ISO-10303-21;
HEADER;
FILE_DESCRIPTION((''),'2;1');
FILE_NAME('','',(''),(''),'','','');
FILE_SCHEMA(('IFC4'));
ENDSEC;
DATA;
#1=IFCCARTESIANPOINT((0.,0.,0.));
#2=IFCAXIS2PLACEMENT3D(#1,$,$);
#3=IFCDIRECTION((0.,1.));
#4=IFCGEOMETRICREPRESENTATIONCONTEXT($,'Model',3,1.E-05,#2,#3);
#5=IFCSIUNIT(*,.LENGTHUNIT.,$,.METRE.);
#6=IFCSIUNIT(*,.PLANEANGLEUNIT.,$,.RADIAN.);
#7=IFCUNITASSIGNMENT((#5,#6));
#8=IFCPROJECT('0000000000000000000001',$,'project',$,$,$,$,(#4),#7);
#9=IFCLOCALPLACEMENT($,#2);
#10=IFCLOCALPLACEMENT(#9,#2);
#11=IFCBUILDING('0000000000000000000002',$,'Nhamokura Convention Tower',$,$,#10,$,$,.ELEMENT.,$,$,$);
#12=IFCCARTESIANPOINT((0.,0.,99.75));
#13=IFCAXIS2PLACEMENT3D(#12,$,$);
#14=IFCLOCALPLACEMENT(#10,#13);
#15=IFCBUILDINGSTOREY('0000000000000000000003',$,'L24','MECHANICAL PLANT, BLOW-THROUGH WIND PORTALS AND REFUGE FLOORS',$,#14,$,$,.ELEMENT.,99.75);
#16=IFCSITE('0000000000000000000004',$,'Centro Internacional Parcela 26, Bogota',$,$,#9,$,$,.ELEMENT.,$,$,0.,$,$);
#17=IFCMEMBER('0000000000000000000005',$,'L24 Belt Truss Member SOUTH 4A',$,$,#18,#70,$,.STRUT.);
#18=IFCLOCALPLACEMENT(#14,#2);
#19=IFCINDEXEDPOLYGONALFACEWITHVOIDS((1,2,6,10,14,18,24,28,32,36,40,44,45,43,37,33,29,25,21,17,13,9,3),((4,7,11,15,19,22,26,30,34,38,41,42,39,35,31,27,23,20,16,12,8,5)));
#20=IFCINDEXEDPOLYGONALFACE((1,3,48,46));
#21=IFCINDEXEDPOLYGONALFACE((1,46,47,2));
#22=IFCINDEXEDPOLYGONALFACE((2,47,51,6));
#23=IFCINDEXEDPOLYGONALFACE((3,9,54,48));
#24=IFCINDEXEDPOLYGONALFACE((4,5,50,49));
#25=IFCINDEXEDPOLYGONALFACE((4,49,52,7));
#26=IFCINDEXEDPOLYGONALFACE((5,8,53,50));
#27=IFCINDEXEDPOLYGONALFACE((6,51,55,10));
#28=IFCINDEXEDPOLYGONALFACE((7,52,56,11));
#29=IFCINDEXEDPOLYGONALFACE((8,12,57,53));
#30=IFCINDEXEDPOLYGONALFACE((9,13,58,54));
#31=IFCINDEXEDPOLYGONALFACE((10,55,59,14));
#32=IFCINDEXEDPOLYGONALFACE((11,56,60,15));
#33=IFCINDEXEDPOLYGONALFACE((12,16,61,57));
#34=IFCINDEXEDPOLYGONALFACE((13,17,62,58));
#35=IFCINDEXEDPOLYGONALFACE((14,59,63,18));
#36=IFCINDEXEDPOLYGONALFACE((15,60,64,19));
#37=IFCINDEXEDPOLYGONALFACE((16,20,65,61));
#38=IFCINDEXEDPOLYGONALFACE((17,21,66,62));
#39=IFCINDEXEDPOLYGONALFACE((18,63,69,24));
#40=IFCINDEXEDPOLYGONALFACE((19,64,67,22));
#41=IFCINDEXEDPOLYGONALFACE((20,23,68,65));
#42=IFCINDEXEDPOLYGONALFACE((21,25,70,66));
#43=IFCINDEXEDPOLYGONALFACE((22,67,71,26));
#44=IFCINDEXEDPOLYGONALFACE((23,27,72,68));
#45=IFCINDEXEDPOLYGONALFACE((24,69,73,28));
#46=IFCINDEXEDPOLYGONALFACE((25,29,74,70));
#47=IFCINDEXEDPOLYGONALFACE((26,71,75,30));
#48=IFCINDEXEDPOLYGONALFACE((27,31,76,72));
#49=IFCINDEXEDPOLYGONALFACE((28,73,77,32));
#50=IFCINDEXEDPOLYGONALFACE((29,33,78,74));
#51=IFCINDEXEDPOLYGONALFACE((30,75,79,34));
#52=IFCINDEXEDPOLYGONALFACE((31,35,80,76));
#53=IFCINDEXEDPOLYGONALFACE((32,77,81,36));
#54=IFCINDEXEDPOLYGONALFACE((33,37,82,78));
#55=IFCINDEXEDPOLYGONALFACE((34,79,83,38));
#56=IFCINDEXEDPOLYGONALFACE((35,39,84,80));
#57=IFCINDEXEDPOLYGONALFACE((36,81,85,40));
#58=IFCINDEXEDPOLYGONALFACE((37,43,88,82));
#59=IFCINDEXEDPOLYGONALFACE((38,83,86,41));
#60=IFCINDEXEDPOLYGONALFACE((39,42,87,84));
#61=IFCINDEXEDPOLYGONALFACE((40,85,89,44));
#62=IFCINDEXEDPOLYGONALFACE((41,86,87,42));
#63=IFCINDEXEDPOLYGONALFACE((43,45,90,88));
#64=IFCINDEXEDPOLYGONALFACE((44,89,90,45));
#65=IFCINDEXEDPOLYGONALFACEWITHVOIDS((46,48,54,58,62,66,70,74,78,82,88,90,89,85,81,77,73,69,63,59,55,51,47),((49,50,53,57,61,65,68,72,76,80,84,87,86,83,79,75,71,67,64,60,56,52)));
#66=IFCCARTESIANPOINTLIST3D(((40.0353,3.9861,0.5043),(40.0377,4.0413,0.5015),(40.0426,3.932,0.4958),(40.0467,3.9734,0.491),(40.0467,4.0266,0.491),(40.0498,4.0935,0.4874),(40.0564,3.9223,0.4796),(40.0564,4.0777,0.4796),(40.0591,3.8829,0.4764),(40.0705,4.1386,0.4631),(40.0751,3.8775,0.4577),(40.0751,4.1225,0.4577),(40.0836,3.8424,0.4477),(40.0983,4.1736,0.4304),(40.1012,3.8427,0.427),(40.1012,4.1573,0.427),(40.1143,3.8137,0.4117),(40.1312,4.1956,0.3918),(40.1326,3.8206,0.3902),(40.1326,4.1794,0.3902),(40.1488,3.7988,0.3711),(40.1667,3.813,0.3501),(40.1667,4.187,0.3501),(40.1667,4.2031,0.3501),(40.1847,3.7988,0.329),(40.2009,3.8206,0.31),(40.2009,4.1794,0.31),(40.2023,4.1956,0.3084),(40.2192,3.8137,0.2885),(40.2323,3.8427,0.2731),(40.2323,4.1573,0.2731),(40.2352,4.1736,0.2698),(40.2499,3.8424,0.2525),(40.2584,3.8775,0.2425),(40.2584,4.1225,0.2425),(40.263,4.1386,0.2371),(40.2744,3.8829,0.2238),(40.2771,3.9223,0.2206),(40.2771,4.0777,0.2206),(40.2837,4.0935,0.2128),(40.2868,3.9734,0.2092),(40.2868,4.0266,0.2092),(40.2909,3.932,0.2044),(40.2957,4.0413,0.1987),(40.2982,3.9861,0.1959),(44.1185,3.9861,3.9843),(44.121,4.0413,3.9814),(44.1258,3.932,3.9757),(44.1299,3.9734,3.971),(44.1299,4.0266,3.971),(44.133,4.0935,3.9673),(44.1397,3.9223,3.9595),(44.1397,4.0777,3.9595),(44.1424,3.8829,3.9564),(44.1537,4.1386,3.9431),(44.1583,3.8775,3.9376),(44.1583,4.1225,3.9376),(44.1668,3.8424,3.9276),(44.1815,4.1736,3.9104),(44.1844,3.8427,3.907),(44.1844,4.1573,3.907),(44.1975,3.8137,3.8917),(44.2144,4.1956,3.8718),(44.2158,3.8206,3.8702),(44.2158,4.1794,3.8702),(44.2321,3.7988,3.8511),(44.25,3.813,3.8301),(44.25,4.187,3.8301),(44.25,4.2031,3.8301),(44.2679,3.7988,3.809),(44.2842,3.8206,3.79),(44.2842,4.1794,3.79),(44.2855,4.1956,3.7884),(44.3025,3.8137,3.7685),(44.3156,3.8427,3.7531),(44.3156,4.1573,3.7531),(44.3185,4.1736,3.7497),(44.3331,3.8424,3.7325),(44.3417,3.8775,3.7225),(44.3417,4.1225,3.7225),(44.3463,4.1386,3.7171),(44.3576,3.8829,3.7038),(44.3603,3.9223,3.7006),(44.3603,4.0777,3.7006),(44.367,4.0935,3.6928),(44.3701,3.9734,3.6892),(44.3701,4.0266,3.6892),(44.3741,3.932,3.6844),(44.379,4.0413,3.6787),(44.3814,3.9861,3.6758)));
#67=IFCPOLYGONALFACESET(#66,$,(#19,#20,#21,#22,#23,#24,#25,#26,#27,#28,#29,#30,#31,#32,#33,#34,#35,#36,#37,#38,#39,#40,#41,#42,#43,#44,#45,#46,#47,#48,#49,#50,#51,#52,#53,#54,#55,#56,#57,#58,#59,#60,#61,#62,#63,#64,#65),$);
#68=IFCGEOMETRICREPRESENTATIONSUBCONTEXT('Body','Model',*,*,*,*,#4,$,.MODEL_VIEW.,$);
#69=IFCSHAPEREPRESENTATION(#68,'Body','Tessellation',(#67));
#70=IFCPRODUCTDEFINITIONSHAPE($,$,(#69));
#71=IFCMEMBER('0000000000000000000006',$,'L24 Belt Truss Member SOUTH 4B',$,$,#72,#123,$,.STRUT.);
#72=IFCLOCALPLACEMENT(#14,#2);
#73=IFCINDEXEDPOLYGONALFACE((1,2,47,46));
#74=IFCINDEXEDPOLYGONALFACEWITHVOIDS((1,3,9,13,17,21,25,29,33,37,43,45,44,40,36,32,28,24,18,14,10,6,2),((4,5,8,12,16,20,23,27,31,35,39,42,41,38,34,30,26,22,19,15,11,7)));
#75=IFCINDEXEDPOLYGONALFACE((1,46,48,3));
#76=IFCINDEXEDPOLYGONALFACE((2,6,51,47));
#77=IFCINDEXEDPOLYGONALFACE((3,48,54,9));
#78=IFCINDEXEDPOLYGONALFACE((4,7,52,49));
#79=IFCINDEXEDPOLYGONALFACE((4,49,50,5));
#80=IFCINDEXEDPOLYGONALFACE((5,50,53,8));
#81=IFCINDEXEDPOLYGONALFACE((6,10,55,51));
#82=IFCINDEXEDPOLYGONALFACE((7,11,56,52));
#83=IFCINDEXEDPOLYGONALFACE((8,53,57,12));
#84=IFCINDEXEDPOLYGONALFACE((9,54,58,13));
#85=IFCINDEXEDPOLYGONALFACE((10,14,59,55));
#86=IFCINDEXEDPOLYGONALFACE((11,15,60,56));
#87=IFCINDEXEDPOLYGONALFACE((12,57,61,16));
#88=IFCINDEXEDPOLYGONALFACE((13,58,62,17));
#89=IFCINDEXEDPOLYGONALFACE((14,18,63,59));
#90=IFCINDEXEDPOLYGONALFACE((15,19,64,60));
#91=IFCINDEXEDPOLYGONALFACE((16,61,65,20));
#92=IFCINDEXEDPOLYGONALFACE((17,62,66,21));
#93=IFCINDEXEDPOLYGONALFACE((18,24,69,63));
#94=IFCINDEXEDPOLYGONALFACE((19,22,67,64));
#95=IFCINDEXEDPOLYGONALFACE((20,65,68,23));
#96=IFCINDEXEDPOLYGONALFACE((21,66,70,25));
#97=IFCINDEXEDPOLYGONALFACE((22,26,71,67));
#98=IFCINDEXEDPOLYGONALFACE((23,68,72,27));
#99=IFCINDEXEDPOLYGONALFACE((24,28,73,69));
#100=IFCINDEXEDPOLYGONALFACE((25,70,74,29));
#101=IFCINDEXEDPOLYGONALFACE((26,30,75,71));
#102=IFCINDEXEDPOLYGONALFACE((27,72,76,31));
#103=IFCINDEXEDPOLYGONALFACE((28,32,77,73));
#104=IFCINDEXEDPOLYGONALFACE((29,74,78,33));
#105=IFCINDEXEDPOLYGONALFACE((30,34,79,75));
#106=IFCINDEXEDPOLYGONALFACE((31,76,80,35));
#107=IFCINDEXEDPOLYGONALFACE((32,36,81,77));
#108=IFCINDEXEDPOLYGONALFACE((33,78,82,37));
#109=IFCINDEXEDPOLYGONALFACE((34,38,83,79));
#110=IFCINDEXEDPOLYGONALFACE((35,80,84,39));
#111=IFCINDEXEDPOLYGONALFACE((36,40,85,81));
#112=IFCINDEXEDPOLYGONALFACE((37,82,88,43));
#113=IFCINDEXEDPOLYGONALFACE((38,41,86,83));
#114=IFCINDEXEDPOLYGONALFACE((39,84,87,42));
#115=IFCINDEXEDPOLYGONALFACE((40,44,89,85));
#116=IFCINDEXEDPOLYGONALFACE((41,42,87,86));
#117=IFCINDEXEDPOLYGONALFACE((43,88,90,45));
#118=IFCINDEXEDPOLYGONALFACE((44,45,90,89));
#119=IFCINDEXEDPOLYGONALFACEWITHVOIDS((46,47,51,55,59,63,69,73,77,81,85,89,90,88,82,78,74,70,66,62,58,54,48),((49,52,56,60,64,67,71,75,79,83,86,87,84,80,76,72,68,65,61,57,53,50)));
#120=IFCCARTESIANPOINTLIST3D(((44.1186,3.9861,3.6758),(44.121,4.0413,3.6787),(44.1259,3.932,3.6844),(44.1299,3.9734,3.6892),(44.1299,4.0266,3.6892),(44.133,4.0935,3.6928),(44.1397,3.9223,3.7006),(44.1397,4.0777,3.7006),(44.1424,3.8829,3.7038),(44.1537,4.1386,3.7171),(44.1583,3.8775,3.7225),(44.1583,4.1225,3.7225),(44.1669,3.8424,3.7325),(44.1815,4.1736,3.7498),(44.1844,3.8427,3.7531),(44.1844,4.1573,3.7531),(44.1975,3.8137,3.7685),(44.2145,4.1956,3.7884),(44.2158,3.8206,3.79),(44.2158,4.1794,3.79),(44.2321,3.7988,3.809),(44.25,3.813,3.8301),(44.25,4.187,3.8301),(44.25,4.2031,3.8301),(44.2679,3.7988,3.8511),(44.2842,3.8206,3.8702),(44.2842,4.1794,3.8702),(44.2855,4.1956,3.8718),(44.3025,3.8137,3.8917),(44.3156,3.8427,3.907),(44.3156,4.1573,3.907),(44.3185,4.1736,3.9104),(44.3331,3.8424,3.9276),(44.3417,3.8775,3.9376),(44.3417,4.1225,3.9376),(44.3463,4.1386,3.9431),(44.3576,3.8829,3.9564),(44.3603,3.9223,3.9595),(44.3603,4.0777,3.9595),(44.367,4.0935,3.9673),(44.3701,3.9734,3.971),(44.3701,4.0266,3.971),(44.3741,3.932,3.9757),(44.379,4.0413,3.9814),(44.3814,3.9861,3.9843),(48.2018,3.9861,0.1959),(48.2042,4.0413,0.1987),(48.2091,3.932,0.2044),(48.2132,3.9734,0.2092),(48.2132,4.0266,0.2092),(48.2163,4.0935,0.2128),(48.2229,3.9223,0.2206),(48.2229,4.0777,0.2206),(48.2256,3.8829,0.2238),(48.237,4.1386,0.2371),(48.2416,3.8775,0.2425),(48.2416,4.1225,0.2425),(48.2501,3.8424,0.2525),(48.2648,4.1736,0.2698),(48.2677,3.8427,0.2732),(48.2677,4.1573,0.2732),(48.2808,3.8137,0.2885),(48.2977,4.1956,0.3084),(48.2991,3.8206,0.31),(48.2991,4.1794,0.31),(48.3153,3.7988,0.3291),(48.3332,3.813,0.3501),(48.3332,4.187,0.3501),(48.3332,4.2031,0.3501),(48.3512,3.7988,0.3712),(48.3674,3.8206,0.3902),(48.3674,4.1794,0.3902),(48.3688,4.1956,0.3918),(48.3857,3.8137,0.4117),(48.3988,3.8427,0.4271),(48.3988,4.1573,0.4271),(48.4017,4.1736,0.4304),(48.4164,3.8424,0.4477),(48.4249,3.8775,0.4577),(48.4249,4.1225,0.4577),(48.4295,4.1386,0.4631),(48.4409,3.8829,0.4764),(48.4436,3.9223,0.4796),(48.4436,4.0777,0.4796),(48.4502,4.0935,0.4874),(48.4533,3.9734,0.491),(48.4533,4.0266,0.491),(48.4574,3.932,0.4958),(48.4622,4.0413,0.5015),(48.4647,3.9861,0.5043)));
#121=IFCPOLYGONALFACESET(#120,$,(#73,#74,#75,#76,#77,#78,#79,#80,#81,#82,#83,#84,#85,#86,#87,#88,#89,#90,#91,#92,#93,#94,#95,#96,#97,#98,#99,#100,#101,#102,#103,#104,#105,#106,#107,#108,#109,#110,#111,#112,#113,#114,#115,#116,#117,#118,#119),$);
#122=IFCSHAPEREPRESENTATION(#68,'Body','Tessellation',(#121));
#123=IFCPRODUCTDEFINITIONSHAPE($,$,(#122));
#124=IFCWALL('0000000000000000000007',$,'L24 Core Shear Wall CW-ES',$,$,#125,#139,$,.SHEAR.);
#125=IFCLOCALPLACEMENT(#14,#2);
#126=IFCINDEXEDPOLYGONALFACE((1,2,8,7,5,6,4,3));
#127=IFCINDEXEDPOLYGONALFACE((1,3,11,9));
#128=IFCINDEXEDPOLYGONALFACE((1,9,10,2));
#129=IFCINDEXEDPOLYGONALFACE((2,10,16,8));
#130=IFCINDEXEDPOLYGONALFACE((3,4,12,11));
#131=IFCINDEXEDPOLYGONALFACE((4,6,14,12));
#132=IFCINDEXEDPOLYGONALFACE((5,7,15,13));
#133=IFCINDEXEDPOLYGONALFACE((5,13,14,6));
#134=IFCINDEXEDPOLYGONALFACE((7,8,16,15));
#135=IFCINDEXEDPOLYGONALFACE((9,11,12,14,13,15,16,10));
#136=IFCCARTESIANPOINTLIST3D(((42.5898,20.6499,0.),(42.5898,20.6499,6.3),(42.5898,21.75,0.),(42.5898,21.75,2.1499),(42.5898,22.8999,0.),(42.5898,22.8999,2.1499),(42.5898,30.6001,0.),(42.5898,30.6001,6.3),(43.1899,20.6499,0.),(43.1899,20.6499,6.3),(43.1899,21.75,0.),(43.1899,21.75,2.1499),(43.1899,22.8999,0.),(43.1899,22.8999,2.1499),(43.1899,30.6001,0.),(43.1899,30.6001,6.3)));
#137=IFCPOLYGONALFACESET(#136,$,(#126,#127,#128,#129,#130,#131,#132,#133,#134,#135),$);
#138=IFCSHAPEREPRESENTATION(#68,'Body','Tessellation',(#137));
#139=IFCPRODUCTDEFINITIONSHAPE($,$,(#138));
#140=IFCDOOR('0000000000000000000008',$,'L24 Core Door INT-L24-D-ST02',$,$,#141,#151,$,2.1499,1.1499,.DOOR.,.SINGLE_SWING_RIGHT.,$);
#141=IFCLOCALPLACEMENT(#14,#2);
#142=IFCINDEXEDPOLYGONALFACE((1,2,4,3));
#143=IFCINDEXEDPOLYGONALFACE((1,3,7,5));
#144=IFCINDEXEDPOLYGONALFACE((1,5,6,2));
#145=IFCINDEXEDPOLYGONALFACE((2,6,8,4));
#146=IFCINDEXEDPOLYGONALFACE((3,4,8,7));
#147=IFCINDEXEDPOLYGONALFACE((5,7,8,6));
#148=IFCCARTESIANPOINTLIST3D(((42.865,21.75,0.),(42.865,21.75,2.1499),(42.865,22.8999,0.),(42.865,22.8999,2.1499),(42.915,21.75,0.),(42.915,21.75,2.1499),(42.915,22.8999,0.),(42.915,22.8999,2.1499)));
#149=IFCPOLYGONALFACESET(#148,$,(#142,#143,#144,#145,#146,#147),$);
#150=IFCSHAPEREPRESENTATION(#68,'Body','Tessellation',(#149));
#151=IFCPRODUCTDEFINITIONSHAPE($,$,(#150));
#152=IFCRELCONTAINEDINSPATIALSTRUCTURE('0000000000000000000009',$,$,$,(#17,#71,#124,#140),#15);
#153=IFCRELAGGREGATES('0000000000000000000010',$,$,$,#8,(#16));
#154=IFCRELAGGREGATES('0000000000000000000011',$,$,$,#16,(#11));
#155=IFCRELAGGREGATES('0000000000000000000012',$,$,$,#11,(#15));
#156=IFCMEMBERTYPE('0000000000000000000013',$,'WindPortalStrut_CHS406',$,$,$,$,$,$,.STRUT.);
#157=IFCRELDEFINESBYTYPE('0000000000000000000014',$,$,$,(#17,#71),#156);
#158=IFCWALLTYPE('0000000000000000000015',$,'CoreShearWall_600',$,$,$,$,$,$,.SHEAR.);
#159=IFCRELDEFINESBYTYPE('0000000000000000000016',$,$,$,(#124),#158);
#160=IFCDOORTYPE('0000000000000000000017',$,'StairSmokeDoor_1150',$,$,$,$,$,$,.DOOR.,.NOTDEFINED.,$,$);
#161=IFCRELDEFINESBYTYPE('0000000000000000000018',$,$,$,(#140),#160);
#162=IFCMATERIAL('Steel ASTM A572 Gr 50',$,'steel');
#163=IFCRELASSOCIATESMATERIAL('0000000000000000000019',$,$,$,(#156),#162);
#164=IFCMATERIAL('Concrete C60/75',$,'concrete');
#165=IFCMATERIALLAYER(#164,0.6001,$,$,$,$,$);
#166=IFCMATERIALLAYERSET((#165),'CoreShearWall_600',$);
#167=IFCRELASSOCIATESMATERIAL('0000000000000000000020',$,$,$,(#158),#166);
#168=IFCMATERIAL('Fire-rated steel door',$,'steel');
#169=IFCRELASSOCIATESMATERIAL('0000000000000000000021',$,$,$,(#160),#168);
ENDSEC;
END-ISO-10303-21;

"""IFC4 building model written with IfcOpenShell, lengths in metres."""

from ifc_helpers import new_model, si_unit, direction, frame, frame_2d, origin, origin_2d, place, context, subcontext, project, spatial, rectangle, hollow_circle, extrude, material, layer, layer_set, material_profile, profile_set, type_object, element, fill, save


model = new_model("IFC4")

# Units and contexts
model_context = context("Model", 3, precision=1e-05, world=origin(), true_north=direction((0.0, 1.0)))
body_context = subcontext(model_context, "Body", "Model", "MODEL_VIEW")
ifc_project = project(units=[si_unit("LENGTHUNIT", "METRE"), si_unit("PLANEANGLEUNIT", "RADIAN")], contexts=[model_context])

# Site, building, storey
site_placement = place(None, origin())
site = spatial("IfcSite", under=ifc_project, at=site_placement, Name="Centro Internacional Parcela 26, Bogota", CompositionType="ELEMENT", RefElevation=0.0)
building_placement = place(site_placement, origin())
building = spatial("IfcBuilding", under=site, at=building_placement, Name="Nhamokura Convention Tower", CompositionType="ELEMENT")
storey_placement = place(building_placement, frame((0.0, 0.0, 99.75)))
storey = spatial("IfcBuildingStorey", under=building, at=storey_placement, Name="L24", Description="MECHANICAL PLANT, BLOW-THROUGH WIND PORTALS AND REFUGE FLOORS", CompositionType="ELEMENT", Elevation=99.75)

# Members
ifc_material_1 = material(Name="Steel ASTM A572 Gr 50", Category="steel")
ifc_material_profile_1 = material_profile(ifc_material_1, hollow_circle(Radius=0.2031, WallThickness=0.0161, at=origin_2d()))
ifc_profile_set_1 = profile_set([ifc_material_profile_1], Name="Steel ASTM A572 Gr 50")
member_type = type_object("IfcMemberType", Name="WindPortalStrut_CHS406", PredefinedType="STRUT", material=ifc_profile_set_1)
for number, where, z_axis, x_axis, name in (
    (1, (40.1667, 4.0, 0.3501), (0.761091, 0.0, 0.648645), (0.0, 1.0, 0.0), "L24 Belt Truss Member SOUTH 4A"),
    (2, (44.25, 4.0, 3.8301), (0.761091, 0.0, -0.648645), (0.0, 1.0, 0.0), "L24 Belt Truss Member SOUTH 4B"),
):
    element("IfcMember", number, at=place(storey_placement, frame(where, z_axis=z_axis, x_axis=x_axis)), inside=storey, type_object=member_type, Name=name, PredefinedType="STRUT", context=body_context, shape_type="SweptSolid", body=[
        extrude(hollow_circle(Radius=0.2031, WallThickness=0.0161, at=origin_2d()), origin(), (0.0, 0.0, 1.0), 5.365),
    ])

# Wall, opening, door
ifc_material_2 = material(Name="Concrete C60/75", Category="concrete")
ifc_layer = layer(ifc_material_2, 0.6001)
ifc_layer_set = layer_set([ifc_layer], Name="CoreShearWall_600")
wall_type = type_object("IfcWallType", Name="CoreShearWall_600", PredefinedType="SHEAR", material=ifc_layer_set)
wall_placement = place(storey_placement, frame((42.8899, 20.6499, 0.0), z_axis=(0.0, 0.0, 1.0), x_axis=(0.0, 1.0, 0.0)))
wall = element("IfcWall", 3, at=wall_placement, inside=storey, type_object=wall_type, Name="L24 Core Shear Wall CW-ES", PredefinedType="SHEAR", context=body_context, shape_type="SweptSolid", body=[
    extrude(rectangle(XDim=9.9502, YDim=0.6001, at=frame_2d((4.9751, 0.0))), origin(), (0.0, 0.0, 1.0), 6.3),
])
opening_placement = place(wall_placement, frame((1.1001, 0.0, 0.0)))
opening = element("IfcOpeningElement", 4, at=opening_placement, cuts=wall, PredefinedType="OPENING", context=body_context, shape_type="SweptSolid", body=[
    extrude(rectangle(XDim=1.1499, YDim=2.1499, at=frame_2d((0.575, 1.075))), frame((0.0, 0.3101, 0.0), z_axis=(0.0, -1.0, 0.0), x_axis=(1.0, 0.0, 0.0)), (0.0, 0.0, 1.0), 0.6201),
])
ifc_material_3 = material(Name="Fire-rated steel door", Category="steel")
door_type = type_object("IfcDoorType", Name="StairSmokeDoor_1150", OperationType="NOTDEFINED", PredefinedType="DOOR", material=ifc_material_3)
door_placement = place(opening_placement, origin())
door = element("IfcDoor", 5, at=door_placement, inside=storey, type_object=door_type, Name="L24 Core Door INT-L24-D-ST02", OperationType="SINGLE_SWING_RIGHT", OverallHeight=2.1499, OverallWidth=1.1499, PredefinedType="DOOR", context=body_context, shape_type="SweptSolid", body=[
    extrude(rectangle(XDim=1.1499, YDim=2.1499, at=frame_2d((0.575, 1.075))), frame((0.0, 0.0249, 0.0), z_axis=(0.0, -1.0, 0.0), x_axis=(1.0, 0.0, 0.0)), (0.0, 0.0, 1.0), 0.05),
])
fill(opening, door)

save(model, "model.ifc")
